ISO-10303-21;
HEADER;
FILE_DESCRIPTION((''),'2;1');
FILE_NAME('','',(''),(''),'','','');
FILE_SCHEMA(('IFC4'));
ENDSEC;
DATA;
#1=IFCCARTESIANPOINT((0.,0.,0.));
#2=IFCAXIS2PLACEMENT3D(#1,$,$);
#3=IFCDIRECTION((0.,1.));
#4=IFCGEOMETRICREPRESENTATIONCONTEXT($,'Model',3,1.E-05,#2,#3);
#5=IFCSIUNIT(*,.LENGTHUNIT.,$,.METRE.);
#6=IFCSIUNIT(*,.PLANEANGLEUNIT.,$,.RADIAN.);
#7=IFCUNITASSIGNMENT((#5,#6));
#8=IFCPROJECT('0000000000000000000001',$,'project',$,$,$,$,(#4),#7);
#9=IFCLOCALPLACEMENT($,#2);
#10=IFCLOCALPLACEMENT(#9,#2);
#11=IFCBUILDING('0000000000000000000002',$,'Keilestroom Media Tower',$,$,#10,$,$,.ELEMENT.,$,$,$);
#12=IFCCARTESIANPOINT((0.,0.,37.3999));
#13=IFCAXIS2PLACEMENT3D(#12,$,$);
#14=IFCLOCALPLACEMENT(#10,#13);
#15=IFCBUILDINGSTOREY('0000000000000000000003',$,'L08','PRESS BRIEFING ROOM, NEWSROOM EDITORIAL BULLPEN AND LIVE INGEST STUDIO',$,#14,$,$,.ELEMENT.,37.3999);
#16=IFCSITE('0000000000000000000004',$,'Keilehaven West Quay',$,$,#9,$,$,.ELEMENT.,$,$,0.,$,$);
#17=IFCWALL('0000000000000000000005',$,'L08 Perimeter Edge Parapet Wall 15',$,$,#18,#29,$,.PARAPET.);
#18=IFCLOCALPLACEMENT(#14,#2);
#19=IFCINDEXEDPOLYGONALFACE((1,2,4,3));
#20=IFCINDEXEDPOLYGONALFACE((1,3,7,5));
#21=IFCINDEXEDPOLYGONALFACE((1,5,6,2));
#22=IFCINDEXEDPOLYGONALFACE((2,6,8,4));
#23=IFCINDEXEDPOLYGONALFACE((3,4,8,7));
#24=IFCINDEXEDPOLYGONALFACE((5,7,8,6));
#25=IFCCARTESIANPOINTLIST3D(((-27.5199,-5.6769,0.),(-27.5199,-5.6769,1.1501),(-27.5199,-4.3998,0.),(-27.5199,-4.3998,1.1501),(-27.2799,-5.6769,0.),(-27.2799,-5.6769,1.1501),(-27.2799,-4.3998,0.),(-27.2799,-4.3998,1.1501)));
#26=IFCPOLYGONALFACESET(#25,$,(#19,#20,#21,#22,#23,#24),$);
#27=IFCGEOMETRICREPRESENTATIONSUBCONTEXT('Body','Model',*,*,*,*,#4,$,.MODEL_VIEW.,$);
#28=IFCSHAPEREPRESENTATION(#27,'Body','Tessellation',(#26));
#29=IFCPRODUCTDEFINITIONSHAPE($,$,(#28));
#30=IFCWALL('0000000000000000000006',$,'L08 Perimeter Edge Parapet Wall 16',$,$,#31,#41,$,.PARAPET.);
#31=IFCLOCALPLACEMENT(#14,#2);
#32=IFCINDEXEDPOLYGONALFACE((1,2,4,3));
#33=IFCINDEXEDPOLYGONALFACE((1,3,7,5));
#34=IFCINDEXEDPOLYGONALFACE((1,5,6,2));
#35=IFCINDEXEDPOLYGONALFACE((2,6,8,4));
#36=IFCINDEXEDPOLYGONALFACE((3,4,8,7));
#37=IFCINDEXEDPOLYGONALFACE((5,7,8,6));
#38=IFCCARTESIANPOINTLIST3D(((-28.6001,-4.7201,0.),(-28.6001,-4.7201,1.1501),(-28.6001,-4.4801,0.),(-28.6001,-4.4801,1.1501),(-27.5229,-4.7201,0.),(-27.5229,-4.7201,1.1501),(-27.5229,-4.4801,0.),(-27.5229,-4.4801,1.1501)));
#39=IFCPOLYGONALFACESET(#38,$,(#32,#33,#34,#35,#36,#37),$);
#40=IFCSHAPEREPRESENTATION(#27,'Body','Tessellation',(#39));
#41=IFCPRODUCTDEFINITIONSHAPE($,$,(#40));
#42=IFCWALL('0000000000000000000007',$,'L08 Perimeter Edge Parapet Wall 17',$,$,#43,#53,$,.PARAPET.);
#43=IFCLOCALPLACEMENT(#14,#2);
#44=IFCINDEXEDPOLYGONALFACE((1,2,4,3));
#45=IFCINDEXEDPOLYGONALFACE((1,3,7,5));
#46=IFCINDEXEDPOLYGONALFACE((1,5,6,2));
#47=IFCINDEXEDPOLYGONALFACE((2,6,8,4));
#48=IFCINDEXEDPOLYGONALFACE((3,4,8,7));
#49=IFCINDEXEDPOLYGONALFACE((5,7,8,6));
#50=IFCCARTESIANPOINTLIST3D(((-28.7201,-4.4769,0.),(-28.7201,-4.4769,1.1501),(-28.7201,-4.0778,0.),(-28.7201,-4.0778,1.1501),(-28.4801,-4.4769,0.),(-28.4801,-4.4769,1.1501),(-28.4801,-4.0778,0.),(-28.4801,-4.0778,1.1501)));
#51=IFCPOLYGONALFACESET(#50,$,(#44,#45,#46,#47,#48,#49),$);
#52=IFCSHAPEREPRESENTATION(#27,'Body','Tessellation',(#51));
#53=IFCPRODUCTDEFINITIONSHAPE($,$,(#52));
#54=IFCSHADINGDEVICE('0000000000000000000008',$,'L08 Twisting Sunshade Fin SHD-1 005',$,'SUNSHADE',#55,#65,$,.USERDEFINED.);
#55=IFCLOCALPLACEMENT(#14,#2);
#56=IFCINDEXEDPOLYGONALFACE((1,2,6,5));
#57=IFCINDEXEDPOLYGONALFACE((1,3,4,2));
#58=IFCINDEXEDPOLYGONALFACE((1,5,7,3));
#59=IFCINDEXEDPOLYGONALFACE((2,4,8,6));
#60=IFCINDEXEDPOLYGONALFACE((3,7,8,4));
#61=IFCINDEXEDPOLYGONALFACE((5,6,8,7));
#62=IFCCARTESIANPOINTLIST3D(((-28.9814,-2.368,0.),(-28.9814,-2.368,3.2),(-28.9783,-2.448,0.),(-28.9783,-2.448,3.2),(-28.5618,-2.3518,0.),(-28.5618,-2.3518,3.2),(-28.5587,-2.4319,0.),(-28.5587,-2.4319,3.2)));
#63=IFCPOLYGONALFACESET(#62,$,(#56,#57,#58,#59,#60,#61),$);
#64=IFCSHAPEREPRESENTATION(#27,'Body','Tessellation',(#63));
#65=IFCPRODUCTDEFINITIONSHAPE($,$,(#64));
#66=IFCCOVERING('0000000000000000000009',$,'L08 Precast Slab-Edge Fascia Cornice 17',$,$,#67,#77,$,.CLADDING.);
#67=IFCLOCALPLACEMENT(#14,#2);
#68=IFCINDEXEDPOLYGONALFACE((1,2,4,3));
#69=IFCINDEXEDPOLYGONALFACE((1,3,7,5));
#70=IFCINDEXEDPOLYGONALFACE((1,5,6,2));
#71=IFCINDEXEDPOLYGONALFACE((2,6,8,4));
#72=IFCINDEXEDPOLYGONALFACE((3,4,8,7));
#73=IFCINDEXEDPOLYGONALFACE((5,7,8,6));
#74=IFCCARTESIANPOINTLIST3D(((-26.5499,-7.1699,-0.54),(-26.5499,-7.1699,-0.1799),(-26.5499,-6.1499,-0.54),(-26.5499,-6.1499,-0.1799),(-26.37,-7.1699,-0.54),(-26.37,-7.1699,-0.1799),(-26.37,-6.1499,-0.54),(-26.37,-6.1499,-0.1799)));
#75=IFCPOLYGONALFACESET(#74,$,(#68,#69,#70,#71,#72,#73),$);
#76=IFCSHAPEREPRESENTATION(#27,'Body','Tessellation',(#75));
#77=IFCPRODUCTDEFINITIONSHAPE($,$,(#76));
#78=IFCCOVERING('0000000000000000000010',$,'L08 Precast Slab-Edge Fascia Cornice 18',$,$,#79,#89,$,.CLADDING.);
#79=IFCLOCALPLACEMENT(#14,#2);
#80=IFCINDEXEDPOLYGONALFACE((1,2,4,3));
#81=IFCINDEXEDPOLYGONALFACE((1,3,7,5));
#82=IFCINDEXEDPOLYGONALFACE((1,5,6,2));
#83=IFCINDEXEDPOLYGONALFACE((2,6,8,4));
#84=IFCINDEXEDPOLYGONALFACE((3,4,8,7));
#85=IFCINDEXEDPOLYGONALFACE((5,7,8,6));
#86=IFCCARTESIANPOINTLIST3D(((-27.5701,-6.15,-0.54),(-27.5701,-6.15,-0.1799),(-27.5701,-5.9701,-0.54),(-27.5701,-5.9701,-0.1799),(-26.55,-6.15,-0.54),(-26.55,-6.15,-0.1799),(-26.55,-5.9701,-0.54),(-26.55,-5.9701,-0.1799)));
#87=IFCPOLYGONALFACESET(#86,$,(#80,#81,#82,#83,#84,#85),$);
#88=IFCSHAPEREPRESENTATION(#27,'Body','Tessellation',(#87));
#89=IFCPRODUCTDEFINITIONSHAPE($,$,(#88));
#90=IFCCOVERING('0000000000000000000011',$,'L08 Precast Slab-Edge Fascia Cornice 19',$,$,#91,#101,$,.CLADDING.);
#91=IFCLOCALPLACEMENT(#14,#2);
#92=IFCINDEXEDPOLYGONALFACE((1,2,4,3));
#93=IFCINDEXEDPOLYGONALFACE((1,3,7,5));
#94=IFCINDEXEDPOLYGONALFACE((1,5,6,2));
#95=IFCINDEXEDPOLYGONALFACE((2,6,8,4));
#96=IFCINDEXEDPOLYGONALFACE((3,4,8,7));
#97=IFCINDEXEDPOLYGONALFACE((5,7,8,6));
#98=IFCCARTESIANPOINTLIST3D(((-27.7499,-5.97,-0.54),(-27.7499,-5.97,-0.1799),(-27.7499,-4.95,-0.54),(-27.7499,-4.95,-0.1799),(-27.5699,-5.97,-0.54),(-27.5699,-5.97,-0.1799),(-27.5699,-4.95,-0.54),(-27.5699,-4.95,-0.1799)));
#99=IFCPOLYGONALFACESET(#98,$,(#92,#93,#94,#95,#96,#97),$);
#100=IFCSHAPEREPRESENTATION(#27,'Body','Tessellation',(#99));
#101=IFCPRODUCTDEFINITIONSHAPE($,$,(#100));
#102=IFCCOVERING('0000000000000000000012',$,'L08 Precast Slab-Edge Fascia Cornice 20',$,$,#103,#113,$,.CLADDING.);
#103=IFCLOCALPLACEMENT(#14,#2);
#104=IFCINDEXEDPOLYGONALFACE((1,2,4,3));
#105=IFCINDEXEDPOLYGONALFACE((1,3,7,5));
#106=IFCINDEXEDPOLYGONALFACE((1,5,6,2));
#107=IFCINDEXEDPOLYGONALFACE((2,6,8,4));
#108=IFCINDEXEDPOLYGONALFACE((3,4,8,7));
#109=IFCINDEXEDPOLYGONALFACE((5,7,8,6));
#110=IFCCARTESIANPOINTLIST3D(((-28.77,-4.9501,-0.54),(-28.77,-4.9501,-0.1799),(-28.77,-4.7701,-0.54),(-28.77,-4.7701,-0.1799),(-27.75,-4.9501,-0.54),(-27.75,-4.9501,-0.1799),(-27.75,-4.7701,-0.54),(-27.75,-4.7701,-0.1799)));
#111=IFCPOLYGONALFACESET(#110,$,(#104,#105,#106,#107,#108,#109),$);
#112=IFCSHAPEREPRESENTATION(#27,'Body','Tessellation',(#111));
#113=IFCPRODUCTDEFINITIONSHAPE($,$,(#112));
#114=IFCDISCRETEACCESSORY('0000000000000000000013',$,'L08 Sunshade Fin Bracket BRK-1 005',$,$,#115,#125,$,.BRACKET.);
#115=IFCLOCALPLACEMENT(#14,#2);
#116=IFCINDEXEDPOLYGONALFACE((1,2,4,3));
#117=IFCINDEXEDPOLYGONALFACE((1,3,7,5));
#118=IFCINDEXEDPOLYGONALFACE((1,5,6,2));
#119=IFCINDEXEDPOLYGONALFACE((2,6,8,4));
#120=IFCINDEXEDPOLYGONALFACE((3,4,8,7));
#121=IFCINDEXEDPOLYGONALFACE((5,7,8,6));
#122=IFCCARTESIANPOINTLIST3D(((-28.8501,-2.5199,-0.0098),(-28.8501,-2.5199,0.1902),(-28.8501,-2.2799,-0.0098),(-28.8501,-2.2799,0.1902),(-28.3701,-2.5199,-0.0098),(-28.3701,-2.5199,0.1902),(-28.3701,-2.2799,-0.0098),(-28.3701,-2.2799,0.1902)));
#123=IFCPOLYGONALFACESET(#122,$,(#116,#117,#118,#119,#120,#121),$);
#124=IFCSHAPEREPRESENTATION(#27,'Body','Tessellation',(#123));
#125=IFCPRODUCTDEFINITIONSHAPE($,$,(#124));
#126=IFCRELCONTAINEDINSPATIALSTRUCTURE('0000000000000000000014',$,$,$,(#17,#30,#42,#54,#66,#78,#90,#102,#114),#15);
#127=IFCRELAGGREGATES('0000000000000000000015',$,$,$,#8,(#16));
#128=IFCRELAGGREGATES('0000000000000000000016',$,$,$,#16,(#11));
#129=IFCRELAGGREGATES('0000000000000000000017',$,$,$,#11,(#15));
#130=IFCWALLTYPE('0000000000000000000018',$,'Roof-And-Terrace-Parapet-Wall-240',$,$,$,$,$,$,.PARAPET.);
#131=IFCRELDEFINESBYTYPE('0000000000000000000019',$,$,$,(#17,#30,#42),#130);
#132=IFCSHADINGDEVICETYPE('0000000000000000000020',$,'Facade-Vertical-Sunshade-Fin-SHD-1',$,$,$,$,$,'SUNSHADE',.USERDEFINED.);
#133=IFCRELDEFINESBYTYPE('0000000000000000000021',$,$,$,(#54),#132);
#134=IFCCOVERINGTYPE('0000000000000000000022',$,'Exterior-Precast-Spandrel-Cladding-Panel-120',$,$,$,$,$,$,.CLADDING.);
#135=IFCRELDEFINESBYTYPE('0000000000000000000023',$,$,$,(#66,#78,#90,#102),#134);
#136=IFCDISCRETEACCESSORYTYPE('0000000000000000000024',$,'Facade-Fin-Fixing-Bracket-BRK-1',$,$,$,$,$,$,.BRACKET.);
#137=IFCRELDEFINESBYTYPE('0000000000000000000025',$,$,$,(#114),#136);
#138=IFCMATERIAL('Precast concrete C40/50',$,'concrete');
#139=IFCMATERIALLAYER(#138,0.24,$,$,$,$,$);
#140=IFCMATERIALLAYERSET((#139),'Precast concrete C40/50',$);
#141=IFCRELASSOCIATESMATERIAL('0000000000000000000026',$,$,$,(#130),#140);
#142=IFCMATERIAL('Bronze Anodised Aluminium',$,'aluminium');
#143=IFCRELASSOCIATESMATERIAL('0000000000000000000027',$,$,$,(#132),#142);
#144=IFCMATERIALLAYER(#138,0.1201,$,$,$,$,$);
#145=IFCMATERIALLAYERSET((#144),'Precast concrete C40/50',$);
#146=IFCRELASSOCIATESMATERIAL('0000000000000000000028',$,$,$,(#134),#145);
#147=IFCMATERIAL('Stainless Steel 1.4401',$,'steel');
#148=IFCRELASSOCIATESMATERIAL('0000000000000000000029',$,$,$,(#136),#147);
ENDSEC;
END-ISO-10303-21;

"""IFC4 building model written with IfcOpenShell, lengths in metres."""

from ifc_helpers import new_model, si_unit, direction, frame, frame_2d, origin, origin_2d, place, context, subcontext, project, spatial, rectangle, extrude, source, transform, mapped, material, layer, layer_set, type_object, element, save


model = new_model("IFC4")

# Units and contexts
model_context = context("Model", 3, precision=1e-05, world=origin(), true_north=direction((0.0, 1.0)))
body_context = subcontext(model_context, "Body", "Model", "MODEL_VIEW")
ifc_project = project(units=[si_unit("LENGTHUNIT", "METRE"), si_unit("PLANEANGLEUNIT", "RADIAN")], contexts=[model_context])

# Site, building, storey
site_placement = place(None, origin())
site = spatial("IfcSite", under=ifc_project, at=site_placement, Name="Keilehaven West Quay", CompositionType="ELEMENT", RefElevation=0.0)
building_placement = place(site_placement, origin())
building = spatial("IfcBuilding", under=site, at=building_placement, Name="Keilestroom Media Tower", CompositionType="ELEMENT")
storey_placement = place(building_placement, frame((0.0, 0.0, 37.3999)))
storey = spatial("IfcBuildingStorey", under=building, at=storey_placement, Name="L08", Description="PRESS BRIEFING ROOM, NEWSROOM EDITORIAL BULLPEN AND LIVE INGEST STUDIO", CompositionType="ELEMENT", Elevation=37.3999)

# Shared definitions
ifc_material_1 = material(Name="Precast concrete C40/50", Category="concrete")

# Walls
ifc_layer_1 = layer(ifc_material_1, 0.24)
ifc_layer_set_1 = layer_set([ifc_layer_1], Name="Precast concrete C40/50")
wall_type_1 = type_object("IfcWallType", Name="Roof-And-Terrace-Parapet-Wall-240", PredefinedType="PARAPET", material=ifc_layer_set_1)
wall_1_placement = place(storey_placement, frame((-27.3999, -5.677, 0.0), z_axis=(0.0, 0.0, 1.0), x_axis=(0.0, 1.0, 0.0)))
element("IfcWall", 1, at=wall_1_placement, inside=storey, type_object=wall_type_1, Name="L08 Perimeter Edge Parapet Wall 15", PredefinedType="PARAPET", context=body_context, shape_type="SweptSolid", body=[
    extrude(rectangle(XDim=1.2771, YDim=0.24, at=frame_2d((0.6387, 0.0))), origin(), (0.0, 0.0, 1.0), 1.1501),
])
wall_2_placement = place(storey_placement, frame((-27.5229, -4.6001, 0.0), z_axis=(0.0, 0.0, 1.0), x_axis=(-1.0, 0.0, 0.0)))
element("IfcWall", 2, at=wall_2_placement, inside=storey, type_object=wall_type_1, Name="L08 Perimeter Edge Parapet Wall 16", PredefinedType="PARAPET", context=body_context, shape_type="SweptSolid", body=[
    extrude(rectangle(XDim=1.0771, YDim=0.24, at=frame_2d((0.5386, 0.0))), origin(), (0.0, 0.0, 1.0), 1.1501),
])
wall_3_placement = place(storey_placement, frame((-28.6001, -4.4771, 0.0), z_axis=(0.0, 0.0, 1.0), x_axis=(0.0, 1.0, 0.0)))
element("IfcWall", 3, at=wall_3_placement, inside=storey, type_object=wall_type_1, Name="L08 Perimeter Edge Parapet Wall 17", PredefinedType="PARAPET", context=body_context, shape_type="SweptSolid", body=[
    extrude(rectangle(XDim=0.3992, YDim=0.24, at=frame_2d((0.1997, 0.0))), origin(), (0.0, 0.0, 1.0), 1.1501),
])

# Shading device
ifc_material_2 = material(Name="Bronze Anodised Aluminium", Category="aluminium")
shading_device_type = type_object("IfcShadingDeviceType", Name="Facade-Vertical-Sunshade-Fin-SHD-1", ElementType="SUNSHADE", PredefinedType="USERDEFINED", material=ifc_material_2)
shared_shape_1 = source(origin(), body_context, "Body", "SweptSolid", [
    extrude(rectangle(XDim=0.4199, YDim=0.0801, at=origin_2d()), origin(), (0.0, 0.0, 1.0), 3.2),
])
shading_device_placement = place(storey_placement, frame((-28.77, -2.3999, 0.0), z_axis=(0.0, 0.0, 1.0), x_axis=(0.999263, 0.038388, 0.0)))
element("IfcShadingDevice", 4, at=shading_device_placement, inside=storey, type_object=shading_device_type, Name="L08 Twisting Sunshade Fin SHD-1 005", ObjectType="SUNSHADE", PredefinedType="USERDEFINED", context=body_context, shape_type="MappedRepresentation", body=[
    mapped(shared_shape_1, transform((0.0, 0.0, 0.0), x_axis=(1.0, 0.0, 0.0), y_axis=(0.0, 1.0, 0.0), z_axis=(0.0, 0.0, 1.0), scale=1.0)),
])

# Coverings
ifc_layer_2 = layer(ifc_material_1, 0.1201)
ifc_layer_set_2 = layer_set([ifc_layer_2], Name="Precast concrete C40/50")
covering_type = type_object("IfcCoveringType", Name="Exterior-Precast-Spandrel-Cladding-Panel-120", PredefinedType="CLADDING", material=ifc_layer_set_2)
shared_shape_2 = source(origin(), body_context, "Body", "SweptSolid", [
    extrude(rectangle(XDim=1.02, YDim=0.1799, at=origin_2d()), origin(), (0.0, 0.0, 1.0), 0.3601),
])
for number, where, z_axis, x_axis, name in (
    (5, (-26.46, -6.6599, -0.54), (0.0, 0.0, 1.0), (0.0, 1.0, 0.0), "L08 Precast Slab-Edge Fascia Cornice 17"),
    (6, (-27.0601, -6.0601, -0.54), (0.0, 0.0, 1.0), (-1.0, 0.0, 0.0), "L08 Precast Slab-Edge Fascia Cornice 18"),
    (7, (-27.6599, -5.46, -0.54), (0.0, 0.0, 1.0), (0.0, 1.0, 0.0), "L08 Precast Slab-Edge Fascia Cornice 19"),
    (8, (-28.26, -4.8601, -0.54), (0.0, 0.0, 1.0), (-1.0, 0.0, 0.0), "L08 Precast Slab-Edge Fascia Cornice 20"),
):
    element("IfcCovering", number, at=place(storey_placement, frame(where, z_axis=z_axis, x_axis=x_axis)), inside=storey, type_object=covering_type, Name=name, PredefinedType="CLADDING", context=body_context, shape_type="MappedRepresentation", body=[
        mapped(shared_shape_2, transform((0.0, 0.0, 0.0), x_axis=(1.0, 0.0, 0.0), y_axis=(0.0, 1.0, 0.0), z_axis=(0.0, 0.0, 1.0), scale=1.0)),
    ])

# Discrete accessory
ifc_material_3 = material(Name="Stainless Steel 1.4401", Category="steel")
discrete_accessory_type = type_object("IfcDiscreteAccessoryType", Name="Facade-Fin-Fixing-Bracket-BRK-1", PredefinedType="BRACKET", material=ifc_material_3)
shared_shape_3 = source(origin(), body_context, "Body", "SweptSolid", [
    extrude(rectangle(XDim=0.48, YDim=0.24, at=origin_2d()), origin(), (0.0, 0.0, 1.0), 0.2),
])
discrete_accessory_placement = place(storey_placement, frame((-28.6101, -2.3999, -0.0098), z_axis=(0.0, 0.0, 1.0), x_axis=(1.0, 0.0, 0.0)))
element("IfcDiscreteAccessory", 9, at=discrete_accessory_placement, inside=storey, type_object=discrete_accessory_type, Name="L08 Sunshade Fin Bracket BRK-1 005", PredefinedType="BRACKET", context=body_context, shape_type="MappedRepresentation", body=[
    mapped(shared_shape_3, transform((0.0, 0.0, 0.0), x_axis=(1.0, 0.0, 0.0), y_axis=(0.0, 1.0, 0.0), z_axis=(0.0, 0.0, 1.0), scale=1.0)),
])

save(model, "model.ifc")
